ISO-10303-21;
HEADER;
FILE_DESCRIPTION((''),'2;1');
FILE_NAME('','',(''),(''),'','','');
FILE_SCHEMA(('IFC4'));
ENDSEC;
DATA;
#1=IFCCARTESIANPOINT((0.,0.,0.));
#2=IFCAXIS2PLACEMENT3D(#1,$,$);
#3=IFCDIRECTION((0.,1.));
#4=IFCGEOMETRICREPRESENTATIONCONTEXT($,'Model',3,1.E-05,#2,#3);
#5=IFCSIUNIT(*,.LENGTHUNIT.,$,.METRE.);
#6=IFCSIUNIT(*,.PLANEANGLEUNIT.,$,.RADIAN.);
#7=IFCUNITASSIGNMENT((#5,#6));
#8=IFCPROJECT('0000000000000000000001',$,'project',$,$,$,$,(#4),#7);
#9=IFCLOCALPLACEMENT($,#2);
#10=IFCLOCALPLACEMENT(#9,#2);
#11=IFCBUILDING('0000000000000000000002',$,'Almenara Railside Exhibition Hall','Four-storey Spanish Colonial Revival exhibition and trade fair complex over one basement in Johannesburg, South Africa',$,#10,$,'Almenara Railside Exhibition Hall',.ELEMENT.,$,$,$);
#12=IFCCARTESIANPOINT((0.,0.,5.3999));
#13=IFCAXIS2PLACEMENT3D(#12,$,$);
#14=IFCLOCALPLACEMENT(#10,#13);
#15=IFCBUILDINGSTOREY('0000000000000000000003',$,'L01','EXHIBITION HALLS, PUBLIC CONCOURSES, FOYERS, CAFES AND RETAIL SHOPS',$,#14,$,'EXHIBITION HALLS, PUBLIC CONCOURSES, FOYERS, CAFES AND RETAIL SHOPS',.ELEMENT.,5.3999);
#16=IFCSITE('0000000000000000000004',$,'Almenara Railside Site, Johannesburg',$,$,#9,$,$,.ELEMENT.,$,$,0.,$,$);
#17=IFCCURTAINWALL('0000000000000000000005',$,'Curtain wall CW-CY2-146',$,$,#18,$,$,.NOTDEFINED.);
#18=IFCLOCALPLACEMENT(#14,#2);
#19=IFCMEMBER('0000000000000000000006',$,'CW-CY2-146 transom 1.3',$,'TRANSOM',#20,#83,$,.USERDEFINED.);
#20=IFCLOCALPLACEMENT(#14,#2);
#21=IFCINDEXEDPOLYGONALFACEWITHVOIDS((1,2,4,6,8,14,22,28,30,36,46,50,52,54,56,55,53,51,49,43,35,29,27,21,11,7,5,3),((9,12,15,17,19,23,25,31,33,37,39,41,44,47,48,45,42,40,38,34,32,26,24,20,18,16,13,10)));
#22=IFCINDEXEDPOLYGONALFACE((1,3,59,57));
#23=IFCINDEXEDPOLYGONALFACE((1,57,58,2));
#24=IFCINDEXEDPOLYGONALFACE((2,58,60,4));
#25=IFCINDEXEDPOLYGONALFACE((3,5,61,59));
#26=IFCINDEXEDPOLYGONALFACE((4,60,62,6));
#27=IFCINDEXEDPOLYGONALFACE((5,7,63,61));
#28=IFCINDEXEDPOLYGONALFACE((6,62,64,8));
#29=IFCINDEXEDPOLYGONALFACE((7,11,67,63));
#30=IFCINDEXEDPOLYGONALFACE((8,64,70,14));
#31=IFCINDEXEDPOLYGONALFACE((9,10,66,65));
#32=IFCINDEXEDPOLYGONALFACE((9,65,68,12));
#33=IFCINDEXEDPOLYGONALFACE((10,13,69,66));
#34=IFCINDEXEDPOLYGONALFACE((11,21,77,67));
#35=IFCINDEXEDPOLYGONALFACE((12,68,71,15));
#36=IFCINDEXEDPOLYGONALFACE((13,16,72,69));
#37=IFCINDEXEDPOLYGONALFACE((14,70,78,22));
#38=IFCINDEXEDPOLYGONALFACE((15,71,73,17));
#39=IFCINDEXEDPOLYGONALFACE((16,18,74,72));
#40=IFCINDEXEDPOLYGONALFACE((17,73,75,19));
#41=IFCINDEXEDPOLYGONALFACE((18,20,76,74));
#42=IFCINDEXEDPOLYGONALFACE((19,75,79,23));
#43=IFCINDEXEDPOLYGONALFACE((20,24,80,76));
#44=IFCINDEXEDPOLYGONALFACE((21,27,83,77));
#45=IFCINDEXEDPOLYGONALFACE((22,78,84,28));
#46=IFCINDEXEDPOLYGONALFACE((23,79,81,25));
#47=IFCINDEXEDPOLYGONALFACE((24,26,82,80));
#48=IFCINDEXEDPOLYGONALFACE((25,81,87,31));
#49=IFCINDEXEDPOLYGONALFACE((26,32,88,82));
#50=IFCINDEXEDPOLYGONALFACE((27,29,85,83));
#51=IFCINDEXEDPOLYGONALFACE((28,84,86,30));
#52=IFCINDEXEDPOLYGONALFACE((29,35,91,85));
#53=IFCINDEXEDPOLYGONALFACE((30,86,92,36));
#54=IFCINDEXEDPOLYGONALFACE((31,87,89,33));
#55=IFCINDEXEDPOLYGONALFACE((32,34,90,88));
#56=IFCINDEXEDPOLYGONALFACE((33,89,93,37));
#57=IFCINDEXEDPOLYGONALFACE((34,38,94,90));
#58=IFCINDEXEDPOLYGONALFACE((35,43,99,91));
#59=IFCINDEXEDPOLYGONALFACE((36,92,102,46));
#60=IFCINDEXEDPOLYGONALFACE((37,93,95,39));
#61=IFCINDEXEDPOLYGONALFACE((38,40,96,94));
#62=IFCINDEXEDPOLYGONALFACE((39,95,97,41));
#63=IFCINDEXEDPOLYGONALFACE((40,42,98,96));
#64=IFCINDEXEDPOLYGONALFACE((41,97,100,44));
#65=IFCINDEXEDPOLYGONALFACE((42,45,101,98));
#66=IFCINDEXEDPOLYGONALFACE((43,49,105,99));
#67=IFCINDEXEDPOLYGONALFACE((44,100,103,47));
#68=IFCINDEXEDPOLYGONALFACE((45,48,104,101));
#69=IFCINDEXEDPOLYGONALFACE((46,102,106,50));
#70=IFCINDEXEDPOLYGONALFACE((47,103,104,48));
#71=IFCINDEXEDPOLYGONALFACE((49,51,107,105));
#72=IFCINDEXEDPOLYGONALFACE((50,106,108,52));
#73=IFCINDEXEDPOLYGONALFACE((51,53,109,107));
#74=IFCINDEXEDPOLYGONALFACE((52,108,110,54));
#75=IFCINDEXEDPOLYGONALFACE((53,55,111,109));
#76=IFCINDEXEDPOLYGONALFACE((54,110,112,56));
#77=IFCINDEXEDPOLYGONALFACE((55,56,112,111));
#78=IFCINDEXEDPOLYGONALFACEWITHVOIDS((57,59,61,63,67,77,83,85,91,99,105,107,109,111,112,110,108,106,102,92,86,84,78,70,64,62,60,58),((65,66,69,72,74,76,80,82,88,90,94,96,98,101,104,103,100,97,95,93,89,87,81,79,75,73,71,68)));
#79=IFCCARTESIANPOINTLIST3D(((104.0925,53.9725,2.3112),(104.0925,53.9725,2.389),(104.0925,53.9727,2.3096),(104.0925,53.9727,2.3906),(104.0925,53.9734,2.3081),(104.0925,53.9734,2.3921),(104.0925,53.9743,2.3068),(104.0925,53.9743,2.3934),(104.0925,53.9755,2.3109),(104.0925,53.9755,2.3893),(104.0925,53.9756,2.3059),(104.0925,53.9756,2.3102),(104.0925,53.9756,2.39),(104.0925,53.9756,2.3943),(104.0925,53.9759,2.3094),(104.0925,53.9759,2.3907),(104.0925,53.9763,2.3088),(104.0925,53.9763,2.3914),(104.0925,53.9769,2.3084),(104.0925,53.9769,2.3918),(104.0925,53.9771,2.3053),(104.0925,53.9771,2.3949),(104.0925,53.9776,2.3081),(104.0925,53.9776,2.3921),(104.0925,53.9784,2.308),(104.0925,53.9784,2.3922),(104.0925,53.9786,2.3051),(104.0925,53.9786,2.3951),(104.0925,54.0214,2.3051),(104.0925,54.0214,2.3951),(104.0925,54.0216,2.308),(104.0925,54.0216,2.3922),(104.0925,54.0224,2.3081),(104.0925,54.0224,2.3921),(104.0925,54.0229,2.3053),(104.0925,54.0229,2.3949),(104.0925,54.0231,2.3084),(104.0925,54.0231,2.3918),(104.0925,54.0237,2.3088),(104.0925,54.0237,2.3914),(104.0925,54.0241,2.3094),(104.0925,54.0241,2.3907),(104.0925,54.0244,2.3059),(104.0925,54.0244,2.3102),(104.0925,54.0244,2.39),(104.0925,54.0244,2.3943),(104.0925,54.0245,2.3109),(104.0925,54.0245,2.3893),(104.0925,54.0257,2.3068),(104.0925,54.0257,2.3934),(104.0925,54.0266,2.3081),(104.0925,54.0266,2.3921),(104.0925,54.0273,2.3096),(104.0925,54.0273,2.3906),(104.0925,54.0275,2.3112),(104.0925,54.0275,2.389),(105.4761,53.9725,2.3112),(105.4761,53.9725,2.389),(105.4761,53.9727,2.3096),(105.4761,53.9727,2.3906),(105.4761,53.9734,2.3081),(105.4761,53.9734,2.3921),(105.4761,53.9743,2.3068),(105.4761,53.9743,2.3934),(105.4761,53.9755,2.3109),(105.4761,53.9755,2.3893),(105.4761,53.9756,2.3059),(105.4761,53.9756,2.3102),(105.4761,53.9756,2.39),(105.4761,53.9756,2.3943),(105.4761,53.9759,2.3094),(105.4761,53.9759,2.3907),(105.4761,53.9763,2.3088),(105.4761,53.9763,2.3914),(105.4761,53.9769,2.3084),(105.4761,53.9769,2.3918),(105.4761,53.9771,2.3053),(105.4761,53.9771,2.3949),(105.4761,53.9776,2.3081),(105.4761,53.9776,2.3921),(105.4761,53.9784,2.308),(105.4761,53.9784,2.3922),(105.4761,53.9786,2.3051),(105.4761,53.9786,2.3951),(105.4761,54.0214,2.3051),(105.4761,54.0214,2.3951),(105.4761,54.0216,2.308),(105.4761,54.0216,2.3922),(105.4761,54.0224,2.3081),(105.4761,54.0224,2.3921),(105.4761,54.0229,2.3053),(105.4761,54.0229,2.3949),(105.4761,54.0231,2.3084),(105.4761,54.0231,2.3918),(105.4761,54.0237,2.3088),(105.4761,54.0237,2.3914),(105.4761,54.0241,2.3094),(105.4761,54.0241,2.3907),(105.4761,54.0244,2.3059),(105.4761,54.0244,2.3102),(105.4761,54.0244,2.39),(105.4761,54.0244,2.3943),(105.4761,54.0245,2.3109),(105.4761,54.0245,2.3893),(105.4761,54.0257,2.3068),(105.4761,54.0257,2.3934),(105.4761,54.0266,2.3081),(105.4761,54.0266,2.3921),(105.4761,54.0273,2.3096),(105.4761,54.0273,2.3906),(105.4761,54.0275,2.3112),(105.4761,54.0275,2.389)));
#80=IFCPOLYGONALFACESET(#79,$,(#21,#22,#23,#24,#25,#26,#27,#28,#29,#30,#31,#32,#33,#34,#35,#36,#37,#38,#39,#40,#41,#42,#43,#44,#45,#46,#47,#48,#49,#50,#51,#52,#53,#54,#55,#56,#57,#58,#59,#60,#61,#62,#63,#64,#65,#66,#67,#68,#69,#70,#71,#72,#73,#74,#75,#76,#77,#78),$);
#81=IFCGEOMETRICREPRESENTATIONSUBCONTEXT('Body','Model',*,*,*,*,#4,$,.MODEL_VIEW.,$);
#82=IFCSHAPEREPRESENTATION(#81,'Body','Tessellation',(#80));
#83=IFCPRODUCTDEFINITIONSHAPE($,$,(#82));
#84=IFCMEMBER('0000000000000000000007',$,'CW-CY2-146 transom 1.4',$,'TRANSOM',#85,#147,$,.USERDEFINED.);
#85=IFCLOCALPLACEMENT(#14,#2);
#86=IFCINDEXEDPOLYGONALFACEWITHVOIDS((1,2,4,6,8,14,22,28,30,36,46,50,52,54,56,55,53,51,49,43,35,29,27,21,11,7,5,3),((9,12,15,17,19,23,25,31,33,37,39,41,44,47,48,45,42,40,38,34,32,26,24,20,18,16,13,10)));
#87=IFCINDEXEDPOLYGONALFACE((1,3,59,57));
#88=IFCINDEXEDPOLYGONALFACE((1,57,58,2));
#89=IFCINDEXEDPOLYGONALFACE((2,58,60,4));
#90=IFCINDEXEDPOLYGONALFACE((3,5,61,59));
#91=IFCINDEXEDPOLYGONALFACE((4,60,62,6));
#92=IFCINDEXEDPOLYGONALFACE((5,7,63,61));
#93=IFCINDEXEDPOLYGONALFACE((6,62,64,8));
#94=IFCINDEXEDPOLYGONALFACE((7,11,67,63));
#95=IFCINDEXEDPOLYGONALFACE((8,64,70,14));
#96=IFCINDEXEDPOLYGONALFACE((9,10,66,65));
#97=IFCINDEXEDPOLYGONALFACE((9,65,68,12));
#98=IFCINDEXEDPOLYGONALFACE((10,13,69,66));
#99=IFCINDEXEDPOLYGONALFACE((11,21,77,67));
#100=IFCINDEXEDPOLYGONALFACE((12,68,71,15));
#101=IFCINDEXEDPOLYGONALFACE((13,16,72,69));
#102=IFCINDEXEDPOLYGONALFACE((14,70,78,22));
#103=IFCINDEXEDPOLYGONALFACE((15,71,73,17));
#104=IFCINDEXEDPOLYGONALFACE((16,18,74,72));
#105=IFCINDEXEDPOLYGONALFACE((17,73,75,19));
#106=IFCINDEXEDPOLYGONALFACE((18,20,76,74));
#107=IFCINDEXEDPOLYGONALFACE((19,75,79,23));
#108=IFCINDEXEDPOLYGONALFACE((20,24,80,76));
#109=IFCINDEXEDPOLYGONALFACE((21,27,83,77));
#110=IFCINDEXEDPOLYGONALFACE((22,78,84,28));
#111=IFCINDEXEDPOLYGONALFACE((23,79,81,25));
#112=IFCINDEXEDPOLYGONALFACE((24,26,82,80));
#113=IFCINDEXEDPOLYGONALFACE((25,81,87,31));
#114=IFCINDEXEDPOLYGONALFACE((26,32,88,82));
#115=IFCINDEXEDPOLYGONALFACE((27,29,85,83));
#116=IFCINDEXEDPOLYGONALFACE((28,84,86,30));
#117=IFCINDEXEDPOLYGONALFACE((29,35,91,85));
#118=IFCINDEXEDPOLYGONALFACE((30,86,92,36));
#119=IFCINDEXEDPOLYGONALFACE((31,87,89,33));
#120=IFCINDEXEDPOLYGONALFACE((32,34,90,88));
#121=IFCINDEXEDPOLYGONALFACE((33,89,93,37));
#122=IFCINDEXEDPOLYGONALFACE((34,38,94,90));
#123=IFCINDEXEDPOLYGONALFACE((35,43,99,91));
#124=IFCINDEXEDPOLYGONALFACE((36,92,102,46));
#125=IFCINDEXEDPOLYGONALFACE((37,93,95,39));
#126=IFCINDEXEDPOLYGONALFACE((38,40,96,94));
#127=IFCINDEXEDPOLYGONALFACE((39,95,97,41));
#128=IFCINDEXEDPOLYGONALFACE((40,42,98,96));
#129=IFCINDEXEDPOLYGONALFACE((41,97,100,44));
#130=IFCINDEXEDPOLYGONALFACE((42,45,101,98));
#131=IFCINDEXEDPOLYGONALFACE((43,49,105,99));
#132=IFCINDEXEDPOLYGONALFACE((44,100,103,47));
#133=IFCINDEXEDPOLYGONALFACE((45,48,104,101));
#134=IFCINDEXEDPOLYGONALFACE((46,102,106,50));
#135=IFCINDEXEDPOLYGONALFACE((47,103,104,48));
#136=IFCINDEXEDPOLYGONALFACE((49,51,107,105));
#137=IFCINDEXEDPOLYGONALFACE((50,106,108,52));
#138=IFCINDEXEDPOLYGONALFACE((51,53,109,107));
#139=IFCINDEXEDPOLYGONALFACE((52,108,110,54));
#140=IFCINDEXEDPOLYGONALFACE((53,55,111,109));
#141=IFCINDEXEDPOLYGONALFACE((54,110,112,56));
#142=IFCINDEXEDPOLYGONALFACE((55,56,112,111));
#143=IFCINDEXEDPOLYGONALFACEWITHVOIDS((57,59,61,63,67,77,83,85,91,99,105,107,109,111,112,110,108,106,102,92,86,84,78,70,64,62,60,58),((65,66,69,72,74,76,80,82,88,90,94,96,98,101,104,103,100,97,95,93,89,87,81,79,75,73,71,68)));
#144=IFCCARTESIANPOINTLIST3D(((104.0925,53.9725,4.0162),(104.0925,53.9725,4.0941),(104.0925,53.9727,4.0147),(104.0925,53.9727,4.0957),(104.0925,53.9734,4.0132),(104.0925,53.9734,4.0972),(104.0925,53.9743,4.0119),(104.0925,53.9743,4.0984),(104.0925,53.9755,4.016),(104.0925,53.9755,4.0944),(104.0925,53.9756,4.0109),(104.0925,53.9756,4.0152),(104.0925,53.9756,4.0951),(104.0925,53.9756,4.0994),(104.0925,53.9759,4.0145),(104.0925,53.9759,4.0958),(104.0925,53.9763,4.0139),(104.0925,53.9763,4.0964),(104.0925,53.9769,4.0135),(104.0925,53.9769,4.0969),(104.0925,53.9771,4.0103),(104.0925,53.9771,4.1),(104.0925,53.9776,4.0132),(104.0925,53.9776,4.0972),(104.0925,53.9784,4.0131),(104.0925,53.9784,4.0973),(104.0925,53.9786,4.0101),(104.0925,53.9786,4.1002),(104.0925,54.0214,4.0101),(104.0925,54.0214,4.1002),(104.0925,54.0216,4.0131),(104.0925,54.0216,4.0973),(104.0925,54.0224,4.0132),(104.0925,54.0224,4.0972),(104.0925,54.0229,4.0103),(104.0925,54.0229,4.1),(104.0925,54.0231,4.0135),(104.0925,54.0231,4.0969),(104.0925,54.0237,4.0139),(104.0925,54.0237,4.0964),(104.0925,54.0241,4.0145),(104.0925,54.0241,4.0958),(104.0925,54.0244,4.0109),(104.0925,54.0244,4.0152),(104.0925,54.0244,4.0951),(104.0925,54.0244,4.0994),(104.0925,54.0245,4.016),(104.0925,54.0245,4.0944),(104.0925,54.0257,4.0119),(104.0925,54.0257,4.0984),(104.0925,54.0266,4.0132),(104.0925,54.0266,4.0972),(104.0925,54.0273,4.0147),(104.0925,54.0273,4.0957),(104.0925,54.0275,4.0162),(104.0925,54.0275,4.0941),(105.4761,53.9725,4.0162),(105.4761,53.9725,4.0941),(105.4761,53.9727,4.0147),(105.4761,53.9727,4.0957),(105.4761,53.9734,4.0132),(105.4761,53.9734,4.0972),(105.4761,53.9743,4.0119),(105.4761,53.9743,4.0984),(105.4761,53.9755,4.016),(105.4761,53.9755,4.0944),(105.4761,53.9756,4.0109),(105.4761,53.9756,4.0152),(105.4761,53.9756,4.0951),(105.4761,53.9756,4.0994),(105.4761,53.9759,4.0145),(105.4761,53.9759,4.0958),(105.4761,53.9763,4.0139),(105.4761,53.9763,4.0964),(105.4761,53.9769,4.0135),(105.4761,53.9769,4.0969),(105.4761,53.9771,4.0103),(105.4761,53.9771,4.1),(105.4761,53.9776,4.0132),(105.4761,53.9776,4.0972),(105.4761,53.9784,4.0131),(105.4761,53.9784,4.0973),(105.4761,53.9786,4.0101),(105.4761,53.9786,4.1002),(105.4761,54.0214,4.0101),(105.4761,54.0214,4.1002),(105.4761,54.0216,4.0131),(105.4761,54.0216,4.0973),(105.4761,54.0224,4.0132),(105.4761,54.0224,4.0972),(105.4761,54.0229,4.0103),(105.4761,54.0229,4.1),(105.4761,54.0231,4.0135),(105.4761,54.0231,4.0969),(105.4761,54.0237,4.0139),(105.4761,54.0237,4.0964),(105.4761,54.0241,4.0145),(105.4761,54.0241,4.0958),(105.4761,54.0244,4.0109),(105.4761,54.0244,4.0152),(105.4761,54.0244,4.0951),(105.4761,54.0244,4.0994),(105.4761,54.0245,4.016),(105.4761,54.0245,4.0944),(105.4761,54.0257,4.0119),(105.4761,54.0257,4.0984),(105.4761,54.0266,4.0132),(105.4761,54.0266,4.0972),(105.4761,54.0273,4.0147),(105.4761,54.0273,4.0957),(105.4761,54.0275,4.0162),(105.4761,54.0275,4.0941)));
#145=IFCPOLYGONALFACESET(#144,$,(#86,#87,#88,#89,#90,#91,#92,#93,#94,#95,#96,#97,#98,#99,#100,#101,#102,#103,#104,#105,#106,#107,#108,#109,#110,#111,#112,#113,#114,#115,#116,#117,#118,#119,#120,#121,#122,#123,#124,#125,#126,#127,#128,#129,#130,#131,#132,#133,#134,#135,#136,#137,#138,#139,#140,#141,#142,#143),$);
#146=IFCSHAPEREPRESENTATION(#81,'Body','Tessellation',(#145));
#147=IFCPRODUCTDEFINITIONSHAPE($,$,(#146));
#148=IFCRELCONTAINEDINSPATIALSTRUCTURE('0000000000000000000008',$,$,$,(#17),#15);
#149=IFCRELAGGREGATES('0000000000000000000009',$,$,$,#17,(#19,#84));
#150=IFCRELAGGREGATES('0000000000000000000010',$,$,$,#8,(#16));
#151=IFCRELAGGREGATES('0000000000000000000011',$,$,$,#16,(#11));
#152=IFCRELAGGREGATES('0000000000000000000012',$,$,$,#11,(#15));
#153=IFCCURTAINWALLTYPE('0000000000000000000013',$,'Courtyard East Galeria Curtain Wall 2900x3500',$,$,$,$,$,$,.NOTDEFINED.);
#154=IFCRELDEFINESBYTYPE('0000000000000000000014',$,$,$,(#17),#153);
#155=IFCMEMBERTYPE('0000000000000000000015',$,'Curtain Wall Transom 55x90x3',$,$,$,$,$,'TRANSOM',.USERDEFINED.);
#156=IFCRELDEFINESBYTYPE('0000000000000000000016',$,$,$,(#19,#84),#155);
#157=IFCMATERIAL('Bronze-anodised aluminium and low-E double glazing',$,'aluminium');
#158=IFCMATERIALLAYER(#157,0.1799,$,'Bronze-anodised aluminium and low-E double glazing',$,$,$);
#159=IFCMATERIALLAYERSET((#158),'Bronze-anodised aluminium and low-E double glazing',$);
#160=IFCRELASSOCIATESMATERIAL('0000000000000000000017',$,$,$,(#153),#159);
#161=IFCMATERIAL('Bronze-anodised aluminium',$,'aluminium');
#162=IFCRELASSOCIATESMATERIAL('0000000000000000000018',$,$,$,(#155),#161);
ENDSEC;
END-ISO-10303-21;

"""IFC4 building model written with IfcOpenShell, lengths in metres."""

from ifc_helpers import new_model, si_unit, direction, frame, origin, origin_2d, place, context, subcontext, project, spatial, hollow_rectangle, extrude, material, layer, layer_set, material_profile, profile_set, type_object, element, aggregate, save


model = new_model("IFC4")

# Units and contexts
model_context = context("Model", 3, precision=1e-05, world=origin(), true_north=direction((0.0, 1.0)))
body_context = subcontext(model_context, "Body", "Model", "MODEL_VIEW")
ifc_project = project(units=[si_unit("LENGTHUNIT", "METRE"), si_unit("PLANEANGLEUNIT", "RADIAN")], contexts=[model_context])

# Site, building, storey
site_placement = place(None, origin())
site = spatial("IfcSite", under=ifc_project, at=site_placement, Name="Almenara Railside Site, Johannesburg", CompositionType="ELEMENT", RefElevation=0.0)
building_placement = place(site_placement, origin())
building = spatial("IfcBuilding", under=site, at=building_placement, Name="Almenara Railside Exhibition Hall", Description="Four-storey Spanish Colonial Revival exhibition and trade fair complex over one basement in Johannesburg, South Africa", LongName="Almenara Railside Exhibition Hall", CompositionType="ELEMENT")
storey_placement = place(building_placement, frame((0.0, 0.0, 5.3999)))
storey = spatial("IfcBuildingStorey", under=building, at=storey_placement, Name="L01", Description="EXHIBITION HALLS, PUBLIC CONCOURSES, FOYERS, CAFES AND RETAIL SHOPS", LongName="EXHIBITION HALLS, PUBLIC CONCOURSES, FOYERS, CAFES AND RETAIL SHOPS", CompositionType="ELEMENT", Elevation=5.3999)

# Curtain wall
ifc_material_1 = material(Name="Bronze-anodised aluminium and low-E double glazing", Category="aluminium")
ifc_layer_1 = layer(ifc_material_1, 0.1799, Name="Bronze-anodised aluminium and low-E double glazing")
ifc_layer_set_1 = layer_set([ifc_layer_1], Name="Bronze-anodised aluminium and low-E double glazing")
curtain_wall_type = type_object("IfcCurtainWallType", Name="Courtyard East Galeria Curtain Wall 2900x3500", PredefinedType="NOTDEFINED", material=ifc_layer_set_1)
curtain_wall_1_placement = place(storey_placement, origin())
curtain_wall_1 = element("IfcCurtainWall", 1, at=curtain_wall_1_placement, inside=storey, type_object=curtain_wall_type, Name="Curtain wall CW-CY2-146", PredefinedType="NOTDEFINED")
ifc_material_2 = material(Name="Bronze-anodised aluminium", Category="aluminium")

# Members
ifc_material_profile_1 = material_profile(ifc_material_2, hollow_rectangle(XDim=0.0549, YDim=0.0901, WallThickness=0.0029, InnerFilletRadius=0.0029, OuterFilletRadius=0.0061, at=origin_2d()), Name="ALU-TRN 55x90x3")
ifc_profile_set_1 = profile_set([ifc_material_profile_1], Name="Bronze-anodised aluminium")
member_type_1 = type_object("IfcMemberType", Name="Curtain Wall Transom 55x90x3", ElementType="TRANSOM", PredefinedType="USERDEFINED", material=ifc_profile_set_1)
member_1_placement = place(storey_placement, frame((104.0925, 54.0, 2.3501), z_axis=(1.0, 0.0, 0.0), x_axis=(0.0, 1.0, 0.0)))
member_1 = element("IfcMember", 2, at=member_1_placement, type_object=member_type_1, Name="CW-CY2-146 transom 1.3", ObjectType="TRANSOM", PredefinedType="USERDEFINED", context=body_context, shape_type="SweptSolid", body=[
    extrude(hollow_rectangle(XDim=0.0549, YDim=0.0901, WallThickness=0.0029, InnerFilletRadius=0.0029, OuterFilletRadius=0.0061, at=origin_2d()), origin(), (0.0, 0.0, 1.0), 1.3835),
])
member_2_placement = place(storey_placement, frame((104.0925, 54.0, 4.0552), z_axis=(1.0, 0.0, 0.0), x_axis=(0.0, 1.0, 0.0)))
member_2 = element("IfcMember", 3, at=member_2_placement, type_object=member_type_1, Name="CW-CY2-146 transom 1.4", ObjectType="TRANSOM", PredefinedType="USERDEFINED", context=body_context, shape_type="SweptSolid", body=[
    extrude(hollow_rectangle(XDim=0.0549, YDim=0.0901, WallThickness=0.0029, InnerFilletRadius=0.0029, OuterFilletRadius=0.0061, at=origin_2d()), origin(), (0.0, 0.0, 1.0), 1.3835),
])

aggregate(curtain_wall_1, [member_1, member_2])

save(model, "model.ifc")
